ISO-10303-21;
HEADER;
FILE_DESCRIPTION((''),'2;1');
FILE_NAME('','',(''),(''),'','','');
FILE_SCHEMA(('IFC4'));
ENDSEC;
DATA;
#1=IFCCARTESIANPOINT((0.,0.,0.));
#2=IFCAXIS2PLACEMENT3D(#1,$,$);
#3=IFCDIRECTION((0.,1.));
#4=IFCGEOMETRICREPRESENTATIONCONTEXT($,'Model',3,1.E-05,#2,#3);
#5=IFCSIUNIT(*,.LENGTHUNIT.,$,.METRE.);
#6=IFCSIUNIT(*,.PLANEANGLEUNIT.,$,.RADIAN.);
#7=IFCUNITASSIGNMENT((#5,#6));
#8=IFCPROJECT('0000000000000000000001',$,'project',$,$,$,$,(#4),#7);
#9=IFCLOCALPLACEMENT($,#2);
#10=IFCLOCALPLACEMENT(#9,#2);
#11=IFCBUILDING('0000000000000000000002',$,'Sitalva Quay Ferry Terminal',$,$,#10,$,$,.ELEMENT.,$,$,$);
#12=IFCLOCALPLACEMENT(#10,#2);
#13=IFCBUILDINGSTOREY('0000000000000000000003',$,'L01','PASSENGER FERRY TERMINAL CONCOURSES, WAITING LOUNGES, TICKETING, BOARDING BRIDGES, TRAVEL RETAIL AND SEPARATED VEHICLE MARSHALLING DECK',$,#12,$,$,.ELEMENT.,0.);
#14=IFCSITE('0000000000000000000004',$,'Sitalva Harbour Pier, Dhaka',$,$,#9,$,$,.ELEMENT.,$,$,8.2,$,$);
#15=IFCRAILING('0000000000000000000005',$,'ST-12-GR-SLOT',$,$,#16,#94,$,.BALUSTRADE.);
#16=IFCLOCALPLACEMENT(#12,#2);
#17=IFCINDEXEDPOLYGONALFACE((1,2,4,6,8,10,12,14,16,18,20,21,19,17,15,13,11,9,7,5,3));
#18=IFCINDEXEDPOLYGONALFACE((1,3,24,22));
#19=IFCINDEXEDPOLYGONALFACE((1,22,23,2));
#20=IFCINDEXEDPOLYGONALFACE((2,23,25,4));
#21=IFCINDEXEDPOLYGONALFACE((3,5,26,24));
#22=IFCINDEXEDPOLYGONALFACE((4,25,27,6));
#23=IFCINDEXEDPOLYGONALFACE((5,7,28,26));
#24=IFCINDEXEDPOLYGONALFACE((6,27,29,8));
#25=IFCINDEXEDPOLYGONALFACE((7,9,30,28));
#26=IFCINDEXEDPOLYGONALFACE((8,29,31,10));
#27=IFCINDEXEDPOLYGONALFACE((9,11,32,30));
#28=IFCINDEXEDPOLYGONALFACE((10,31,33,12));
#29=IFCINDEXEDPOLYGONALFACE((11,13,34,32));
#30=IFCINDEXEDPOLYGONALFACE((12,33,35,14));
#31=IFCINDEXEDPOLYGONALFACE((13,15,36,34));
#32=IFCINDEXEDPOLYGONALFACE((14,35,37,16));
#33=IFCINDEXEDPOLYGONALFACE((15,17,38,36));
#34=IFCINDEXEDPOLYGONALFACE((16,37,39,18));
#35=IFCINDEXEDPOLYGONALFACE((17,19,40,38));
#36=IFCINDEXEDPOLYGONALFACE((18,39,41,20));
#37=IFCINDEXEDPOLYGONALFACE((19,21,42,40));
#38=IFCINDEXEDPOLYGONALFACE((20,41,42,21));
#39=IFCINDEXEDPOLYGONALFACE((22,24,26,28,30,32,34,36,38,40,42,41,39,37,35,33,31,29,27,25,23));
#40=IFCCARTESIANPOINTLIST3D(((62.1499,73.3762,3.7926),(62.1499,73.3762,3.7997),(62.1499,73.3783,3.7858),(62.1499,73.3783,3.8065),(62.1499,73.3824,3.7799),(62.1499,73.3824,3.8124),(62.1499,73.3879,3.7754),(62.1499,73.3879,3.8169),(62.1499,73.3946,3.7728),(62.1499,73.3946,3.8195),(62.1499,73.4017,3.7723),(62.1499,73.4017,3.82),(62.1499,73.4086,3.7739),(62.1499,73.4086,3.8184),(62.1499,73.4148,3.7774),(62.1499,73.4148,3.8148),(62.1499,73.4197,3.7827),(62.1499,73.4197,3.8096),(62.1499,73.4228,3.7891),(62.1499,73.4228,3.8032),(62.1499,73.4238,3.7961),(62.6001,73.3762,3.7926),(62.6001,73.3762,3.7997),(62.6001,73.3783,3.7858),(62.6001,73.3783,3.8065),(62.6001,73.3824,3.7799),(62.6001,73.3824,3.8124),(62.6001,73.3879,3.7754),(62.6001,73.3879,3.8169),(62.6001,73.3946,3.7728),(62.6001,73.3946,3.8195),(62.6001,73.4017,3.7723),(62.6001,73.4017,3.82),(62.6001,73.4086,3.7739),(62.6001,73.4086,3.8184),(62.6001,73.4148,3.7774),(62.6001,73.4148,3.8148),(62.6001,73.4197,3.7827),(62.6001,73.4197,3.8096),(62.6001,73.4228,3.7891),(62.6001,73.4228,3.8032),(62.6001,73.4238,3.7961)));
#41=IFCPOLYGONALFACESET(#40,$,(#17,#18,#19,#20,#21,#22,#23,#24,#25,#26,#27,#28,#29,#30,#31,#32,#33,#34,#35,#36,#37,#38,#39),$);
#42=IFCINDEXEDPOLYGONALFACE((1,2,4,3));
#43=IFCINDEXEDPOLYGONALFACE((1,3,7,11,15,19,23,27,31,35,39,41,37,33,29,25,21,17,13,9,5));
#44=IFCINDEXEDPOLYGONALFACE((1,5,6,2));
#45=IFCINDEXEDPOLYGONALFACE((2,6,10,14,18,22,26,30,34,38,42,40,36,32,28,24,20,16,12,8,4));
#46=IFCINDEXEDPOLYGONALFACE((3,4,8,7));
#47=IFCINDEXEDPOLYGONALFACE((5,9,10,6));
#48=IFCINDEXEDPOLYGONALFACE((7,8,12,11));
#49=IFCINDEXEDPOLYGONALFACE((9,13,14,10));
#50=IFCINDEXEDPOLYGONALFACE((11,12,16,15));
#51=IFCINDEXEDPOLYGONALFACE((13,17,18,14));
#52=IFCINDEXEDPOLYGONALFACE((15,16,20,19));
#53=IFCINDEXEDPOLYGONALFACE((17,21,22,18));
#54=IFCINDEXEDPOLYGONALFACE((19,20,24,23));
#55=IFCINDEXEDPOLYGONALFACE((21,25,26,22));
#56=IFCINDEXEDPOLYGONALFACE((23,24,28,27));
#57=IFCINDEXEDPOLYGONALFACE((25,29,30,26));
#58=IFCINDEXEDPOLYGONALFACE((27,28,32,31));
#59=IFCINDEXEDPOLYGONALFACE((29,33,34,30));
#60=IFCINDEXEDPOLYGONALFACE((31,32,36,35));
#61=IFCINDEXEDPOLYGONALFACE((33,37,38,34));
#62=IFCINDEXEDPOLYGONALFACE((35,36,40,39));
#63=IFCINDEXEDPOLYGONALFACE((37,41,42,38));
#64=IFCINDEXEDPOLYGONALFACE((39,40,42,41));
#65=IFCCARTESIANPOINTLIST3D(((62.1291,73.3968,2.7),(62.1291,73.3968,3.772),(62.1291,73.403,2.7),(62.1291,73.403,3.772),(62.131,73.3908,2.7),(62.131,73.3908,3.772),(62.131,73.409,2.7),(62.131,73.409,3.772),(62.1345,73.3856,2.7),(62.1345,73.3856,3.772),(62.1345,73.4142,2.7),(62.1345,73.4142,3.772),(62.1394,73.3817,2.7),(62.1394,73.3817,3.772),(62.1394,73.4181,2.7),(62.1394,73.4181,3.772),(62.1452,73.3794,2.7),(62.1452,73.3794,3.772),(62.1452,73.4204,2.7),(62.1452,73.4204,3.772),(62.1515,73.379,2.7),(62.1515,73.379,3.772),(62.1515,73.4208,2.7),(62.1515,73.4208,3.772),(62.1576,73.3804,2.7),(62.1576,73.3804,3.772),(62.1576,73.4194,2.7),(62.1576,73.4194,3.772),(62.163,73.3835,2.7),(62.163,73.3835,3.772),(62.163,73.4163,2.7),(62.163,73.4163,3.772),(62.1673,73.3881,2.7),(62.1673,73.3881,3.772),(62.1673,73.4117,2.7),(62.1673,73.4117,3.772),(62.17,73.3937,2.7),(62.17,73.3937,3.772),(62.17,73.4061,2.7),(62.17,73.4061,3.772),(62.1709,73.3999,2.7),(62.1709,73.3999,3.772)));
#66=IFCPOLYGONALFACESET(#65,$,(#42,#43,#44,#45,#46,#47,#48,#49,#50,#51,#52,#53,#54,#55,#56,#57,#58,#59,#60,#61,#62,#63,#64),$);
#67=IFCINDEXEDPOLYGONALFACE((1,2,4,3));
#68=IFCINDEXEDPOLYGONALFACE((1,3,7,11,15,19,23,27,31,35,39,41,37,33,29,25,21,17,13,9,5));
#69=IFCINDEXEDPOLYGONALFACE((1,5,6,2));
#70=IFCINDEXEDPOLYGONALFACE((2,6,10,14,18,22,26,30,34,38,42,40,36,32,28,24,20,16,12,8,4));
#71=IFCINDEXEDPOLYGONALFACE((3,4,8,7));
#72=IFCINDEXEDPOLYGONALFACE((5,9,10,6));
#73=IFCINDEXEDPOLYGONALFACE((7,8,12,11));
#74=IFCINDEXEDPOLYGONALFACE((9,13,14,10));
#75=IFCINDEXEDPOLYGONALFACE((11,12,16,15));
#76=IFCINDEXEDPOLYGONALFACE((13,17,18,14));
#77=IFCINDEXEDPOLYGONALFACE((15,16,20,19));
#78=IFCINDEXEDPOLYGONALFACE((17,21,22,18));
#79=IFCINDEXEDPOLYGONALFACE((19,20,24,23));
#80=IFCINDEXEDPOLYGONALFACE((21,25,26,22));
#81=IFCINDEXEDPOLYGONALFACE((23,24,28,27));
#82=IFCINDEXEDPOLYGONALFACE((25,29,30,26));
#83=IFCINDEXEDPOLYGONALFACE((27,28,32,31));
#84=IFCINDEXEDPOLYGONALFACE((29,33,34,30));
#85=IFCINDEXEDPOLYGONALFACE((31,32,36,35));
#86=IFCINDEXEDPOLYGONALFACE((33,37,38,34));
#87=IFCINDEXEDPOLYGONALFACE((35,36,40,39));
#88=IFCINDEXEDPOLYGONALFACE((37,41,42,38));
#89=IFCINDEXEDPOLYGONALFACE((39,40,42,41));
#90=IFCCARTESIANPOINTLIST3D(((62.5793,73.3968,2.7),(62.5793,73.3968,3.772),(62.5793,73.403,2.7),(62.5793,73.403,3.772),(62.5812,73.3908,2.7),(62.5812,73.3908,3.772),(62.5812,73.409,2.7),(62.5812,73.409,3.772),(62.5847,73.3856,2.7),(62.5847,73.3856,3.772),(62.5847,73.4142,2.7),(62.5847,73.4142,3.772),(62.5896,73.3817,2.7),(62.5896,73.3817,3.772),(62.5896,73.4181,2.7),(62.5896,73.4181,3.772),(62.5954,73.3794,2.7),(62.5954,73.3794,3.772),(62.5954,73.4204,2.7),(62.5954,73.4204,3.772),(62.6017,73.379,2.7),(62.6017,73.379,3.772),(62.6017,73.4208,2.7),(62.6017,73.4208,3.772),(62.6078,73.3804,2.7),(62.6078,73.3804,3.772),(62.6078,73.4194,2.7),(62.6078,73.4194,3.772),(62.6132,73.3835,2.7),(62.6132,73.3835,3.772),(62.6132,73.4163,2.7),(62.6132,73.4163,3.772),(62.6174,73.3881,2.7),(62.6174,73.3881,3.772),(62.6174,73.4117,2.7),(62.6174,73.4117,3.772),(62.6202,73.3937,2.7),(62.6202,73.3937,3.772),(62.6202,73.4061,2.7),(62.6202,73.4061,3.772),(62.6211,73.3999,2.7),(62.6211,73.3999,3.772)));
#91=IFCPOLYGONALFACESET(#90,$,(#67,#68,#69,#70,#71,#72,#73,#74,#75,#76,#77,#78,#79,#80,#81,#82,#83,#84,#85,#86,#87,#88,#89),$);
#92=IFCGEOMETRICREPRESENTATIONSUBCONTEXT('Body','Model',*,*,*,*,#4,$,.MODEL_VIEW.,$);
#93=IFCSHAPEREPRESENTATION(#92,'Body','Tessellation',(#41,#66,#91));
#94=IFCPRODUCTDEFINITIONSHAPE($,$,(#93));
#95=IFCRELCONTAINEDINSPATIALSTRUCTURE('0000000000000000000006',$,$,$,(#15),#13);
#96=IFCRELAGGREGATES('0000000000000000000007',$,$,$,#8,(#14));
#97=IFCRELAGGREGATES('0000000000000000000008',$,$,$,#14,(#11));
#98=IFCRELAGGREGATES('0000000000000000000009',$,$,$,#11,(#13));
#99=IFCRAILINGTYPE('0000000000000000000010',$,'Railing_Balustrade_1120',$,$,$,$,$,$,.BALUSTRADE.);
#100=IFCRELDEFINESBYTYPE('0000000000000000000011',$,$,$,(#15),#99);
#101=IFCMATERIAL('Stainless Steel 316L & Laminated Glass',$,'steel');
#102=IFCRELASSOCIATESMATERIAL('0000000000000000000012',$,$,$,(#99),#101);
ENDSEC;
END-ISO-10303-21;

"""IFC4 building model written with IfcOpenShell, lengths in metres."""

from ifc_helpers import new_model, si_unit, direction, frame, origin, origin_2d, place, context, subcontext, project, spatial, circle, extrude, material, type_object, element, save


model = new_model("IFC4")

# Units and contexts
model_context = context("Model", 3, precision=1e-05, world=origin(), true_north=direction((0.0, 1.0)))
body_context = subcontext(model_context, "Body", "Model", "MODEL_VIEW")
ifc_project = project(units=[si_unit("LENGTHUNIT", "METRE"), si_unit("PLANEANGLEUNIT", "RADIAN")], contexts=[model_context])

# Site, building, storey
site_placement = place(None, origin())
site = spatial("IfcSite", under=ifc_project, at=site_placement, Name="Sitalva Harbour Pier, Dhaka", CompositionType="ELEMENT", RefElevation=8.2)
building_placement = place(site_placement, origin())
building = spatial("IfcBuilding", under=site, at=building_placement, Name="Sitalva Quay Ferry Terminal", CompositionType="ELEMENT")
storey_placement = place(building_placement, origin())
storey = spatial("IfcBuildingStorey", under=building, at=storey_placement, Name="L01", Description="PASSENGER FERRY TERMINAL CONCOURSES, WAITING LOUNGES, TICKETING, BOARDING BRIDGES, TRAVEL RETAIL AND SEPARATED VEHICLE MARSHALLING DECK", CompositionType="ELEMENT", Elevation=0.0)

# Railing
ifc_material_1 = material(Name="Stainless Steel 316L & Laminated Glass", Category="steel")
railing_type_1 = type_object("IfcRailingType", Name="Railing_Balustrade_1120", PredefinedType="BALUSTRADE", material=ifc_material_1)
railing_1_placement = place(storey_placement, frame((62.1499, 73.3999, 2.7)))
element("IfcRailing", 1, at=railing_1_placement, inside=storey, type_object=railing_type_1, Name="ST-12-GR-SLOT", PredefinedType="BALUSTRADE", context=body_context, shape_type="SweptSolid", body=[
    extrude(circle(Radius=0.0239, at=origin_2d()), frame((0.0, 0.0, 1.0962), z_axis=(1.0, 0.0, 0.0), x_axis=(0.0, 1.0, 0.0)), (0.0, 0.0, 1.0), 0.4502),
    extrude(circle(Radius=0.021, at=origin_2d()), origin(), (0.0, 0.0, 1.0), 1.072),
    extrude(circle(Radius=0.021, at=origin_2d()), frame((0.4502, 0.0, 0.0)), (0.0, 0.0, 1.0), 1.072),
])

save(model, "model.ifc")
